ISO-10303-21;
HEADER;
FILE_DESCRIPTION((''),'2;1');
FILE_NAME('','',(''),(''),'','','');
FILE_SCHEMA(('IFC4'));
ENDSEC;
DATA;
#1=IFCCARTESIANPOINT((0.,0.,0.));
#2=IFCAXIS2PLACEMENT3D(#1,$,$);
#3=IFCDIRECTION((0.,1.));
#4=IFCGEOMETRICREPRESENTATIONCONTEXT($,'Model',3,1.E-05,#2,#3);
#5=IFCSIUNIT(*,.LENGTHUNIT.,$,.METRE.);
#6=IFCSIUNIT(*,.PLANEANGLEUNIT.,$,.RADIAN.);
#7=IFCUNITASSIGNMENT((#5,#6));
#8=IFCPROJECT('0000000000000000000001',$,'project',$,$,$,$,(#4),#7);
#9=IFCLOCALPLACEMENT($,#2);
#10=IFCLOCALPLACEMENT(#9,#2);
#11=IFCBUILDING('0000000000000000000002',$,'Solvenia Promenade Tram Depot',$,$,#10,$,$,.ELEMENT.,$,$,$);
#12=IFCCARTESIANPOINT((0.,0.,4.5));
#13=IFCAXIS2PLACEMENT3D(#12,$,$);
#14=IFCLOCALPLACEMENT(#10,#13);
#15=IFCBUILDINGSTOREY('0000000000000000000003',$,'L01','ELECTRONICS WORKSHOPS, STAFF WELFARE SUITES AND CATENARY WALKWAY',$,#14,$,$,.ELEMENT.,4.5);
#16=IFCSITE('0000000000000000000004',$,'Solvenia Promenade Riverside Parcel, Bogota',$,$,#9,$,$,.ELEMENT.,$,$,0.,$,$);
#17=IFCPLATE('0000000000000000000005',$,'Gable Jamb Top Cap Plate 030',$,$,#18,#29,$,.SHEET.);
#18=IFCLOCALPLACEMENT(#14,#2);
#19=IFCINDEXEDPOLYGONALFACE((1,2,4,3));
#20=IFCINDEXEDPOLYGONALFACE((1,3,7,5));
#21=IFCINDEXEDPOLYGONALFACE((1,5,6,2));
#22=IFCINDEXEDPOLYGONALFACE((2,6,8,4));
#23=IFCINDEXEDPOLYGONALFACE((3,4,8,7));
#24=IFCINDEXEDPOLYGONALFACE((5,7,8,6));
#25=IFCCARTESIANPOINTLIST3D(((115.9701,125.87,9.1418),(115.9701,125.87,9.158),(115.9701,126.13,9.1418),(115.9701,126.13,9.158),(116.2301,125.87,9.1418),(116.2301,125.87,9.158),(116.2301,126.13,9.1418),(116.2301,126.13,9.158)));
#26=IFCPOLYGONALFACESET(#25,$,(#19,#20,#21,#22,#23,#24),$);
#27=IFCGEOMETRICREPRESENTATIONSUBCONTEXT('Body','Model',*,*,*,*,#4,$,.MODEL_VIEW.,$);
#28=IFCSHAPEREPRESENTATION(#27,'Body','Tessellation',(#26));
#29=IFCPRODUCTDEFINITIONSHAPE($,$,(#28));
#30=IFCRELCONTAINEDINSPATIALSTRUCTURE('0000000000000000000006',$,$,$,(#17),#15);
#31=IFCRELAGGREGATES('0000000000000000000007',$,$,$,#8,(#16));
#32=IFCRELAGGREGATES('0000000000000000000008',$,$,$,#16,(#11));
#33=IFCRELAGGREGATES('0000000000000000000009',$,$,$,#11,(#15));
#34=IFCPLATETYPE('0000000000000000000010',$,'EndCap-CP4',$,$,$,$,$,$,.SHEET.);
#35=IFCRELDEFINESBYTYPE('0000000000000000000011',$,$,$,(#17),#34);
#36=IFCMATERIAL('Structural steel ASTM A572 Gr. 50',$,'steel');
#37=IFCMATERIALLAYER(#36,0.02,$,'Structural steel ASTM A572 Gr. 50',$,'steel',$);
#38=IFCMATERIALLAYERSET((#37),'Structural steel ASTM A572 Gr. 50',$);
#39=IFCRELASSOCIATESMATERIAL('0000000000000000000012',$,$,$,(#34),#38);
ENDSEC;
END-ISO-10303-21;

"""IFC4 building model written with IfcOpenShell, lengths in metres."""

from ifc_helpers import new_model, si_unit, direction, frame, origin, origin_2d, place, context, subcontext, project, spatial, rectangle, extrude, material, layer, layer_set, type_object, element, save


model = new_model("IFC4")

# Units and contexts
model_context = context("Model", 3, precision=1e-05, world=origin(), true_north=direction((0.0, 1.0)))
body_context = subcontext(model_context, "Body", "Model", "MODEL_VIEW")
ifc_project = project(units=[si_unit("LENGTHUNIT", "METRE"), si_unit("PLANEANGLEUNIT", "RADIAN")], contexts=[model_context])

# Site, building, storey
site_placement = place(None, origin())
site = spatial("IfcSite", under=ifc_project, at=site_placement, Name="Solvenia Promenade Riverside Parcel, Bogota", CompositionType="ELEMENT", RefElevation=0.0)
building_placement = place(site_placement, origin())
building = spatial("IfcBuilding", under=site, at=building_placement, Name="Solvenia Promenade Tram Depot", CompositionType="ELEMENT")
storey_placement = place(building_placement, frame((0.0, 0.0, 4.5)))
storey = spatial("IfcBuildingStorey", under=building, at=storey_placement, Name="L01", Description="ELECTRONICS WORKSHOPS, STAFF WELFARE SUITES AND CATENARY WALKWAY", CompositionType="ELEMENT", Elevation=4.5)

# Plate
ifc_material_1 = material(Name="Structural steel ASTM A572 Gr. 50", Category="steel")
ifc_layer_1 = layer(ifc_material_1, 0.02, Name="Structural steel ASTM A572 Gr. 50", Category="steel")
ifc_layer_set_1 = layer_set([ifc_layer_1], Name="Structural steel ASTM A572 Gr. 50")
plate_type_1 = type_object("IfcPlateType", Name="EndCap-CP4", PredefinedType="SHEET", material=ifc_layer_set_1)
plate_1_placement = place(storey_placement, frame((116.1001, 126.0, 9.1418), z_axis=(0.0, 0.0, 1.0), x_axis=(1.0, 0.0, 0.0)))
element("IfcPlate", 1, at=plate_1_placement, inside=storey, type_object=plate_type_1, Name="Gable Jamb Top Cap Plate 030", PredefinedType="SHEET", context=body_context, shape_type="SweptSolid", body=[
    extrude(rectangle(XDim=0.26, YDim=0.26, at=origin_2d()), origin(), (0.0, 0.0, 1.0), 0.0161),
])

save(model, "model.ifc")
